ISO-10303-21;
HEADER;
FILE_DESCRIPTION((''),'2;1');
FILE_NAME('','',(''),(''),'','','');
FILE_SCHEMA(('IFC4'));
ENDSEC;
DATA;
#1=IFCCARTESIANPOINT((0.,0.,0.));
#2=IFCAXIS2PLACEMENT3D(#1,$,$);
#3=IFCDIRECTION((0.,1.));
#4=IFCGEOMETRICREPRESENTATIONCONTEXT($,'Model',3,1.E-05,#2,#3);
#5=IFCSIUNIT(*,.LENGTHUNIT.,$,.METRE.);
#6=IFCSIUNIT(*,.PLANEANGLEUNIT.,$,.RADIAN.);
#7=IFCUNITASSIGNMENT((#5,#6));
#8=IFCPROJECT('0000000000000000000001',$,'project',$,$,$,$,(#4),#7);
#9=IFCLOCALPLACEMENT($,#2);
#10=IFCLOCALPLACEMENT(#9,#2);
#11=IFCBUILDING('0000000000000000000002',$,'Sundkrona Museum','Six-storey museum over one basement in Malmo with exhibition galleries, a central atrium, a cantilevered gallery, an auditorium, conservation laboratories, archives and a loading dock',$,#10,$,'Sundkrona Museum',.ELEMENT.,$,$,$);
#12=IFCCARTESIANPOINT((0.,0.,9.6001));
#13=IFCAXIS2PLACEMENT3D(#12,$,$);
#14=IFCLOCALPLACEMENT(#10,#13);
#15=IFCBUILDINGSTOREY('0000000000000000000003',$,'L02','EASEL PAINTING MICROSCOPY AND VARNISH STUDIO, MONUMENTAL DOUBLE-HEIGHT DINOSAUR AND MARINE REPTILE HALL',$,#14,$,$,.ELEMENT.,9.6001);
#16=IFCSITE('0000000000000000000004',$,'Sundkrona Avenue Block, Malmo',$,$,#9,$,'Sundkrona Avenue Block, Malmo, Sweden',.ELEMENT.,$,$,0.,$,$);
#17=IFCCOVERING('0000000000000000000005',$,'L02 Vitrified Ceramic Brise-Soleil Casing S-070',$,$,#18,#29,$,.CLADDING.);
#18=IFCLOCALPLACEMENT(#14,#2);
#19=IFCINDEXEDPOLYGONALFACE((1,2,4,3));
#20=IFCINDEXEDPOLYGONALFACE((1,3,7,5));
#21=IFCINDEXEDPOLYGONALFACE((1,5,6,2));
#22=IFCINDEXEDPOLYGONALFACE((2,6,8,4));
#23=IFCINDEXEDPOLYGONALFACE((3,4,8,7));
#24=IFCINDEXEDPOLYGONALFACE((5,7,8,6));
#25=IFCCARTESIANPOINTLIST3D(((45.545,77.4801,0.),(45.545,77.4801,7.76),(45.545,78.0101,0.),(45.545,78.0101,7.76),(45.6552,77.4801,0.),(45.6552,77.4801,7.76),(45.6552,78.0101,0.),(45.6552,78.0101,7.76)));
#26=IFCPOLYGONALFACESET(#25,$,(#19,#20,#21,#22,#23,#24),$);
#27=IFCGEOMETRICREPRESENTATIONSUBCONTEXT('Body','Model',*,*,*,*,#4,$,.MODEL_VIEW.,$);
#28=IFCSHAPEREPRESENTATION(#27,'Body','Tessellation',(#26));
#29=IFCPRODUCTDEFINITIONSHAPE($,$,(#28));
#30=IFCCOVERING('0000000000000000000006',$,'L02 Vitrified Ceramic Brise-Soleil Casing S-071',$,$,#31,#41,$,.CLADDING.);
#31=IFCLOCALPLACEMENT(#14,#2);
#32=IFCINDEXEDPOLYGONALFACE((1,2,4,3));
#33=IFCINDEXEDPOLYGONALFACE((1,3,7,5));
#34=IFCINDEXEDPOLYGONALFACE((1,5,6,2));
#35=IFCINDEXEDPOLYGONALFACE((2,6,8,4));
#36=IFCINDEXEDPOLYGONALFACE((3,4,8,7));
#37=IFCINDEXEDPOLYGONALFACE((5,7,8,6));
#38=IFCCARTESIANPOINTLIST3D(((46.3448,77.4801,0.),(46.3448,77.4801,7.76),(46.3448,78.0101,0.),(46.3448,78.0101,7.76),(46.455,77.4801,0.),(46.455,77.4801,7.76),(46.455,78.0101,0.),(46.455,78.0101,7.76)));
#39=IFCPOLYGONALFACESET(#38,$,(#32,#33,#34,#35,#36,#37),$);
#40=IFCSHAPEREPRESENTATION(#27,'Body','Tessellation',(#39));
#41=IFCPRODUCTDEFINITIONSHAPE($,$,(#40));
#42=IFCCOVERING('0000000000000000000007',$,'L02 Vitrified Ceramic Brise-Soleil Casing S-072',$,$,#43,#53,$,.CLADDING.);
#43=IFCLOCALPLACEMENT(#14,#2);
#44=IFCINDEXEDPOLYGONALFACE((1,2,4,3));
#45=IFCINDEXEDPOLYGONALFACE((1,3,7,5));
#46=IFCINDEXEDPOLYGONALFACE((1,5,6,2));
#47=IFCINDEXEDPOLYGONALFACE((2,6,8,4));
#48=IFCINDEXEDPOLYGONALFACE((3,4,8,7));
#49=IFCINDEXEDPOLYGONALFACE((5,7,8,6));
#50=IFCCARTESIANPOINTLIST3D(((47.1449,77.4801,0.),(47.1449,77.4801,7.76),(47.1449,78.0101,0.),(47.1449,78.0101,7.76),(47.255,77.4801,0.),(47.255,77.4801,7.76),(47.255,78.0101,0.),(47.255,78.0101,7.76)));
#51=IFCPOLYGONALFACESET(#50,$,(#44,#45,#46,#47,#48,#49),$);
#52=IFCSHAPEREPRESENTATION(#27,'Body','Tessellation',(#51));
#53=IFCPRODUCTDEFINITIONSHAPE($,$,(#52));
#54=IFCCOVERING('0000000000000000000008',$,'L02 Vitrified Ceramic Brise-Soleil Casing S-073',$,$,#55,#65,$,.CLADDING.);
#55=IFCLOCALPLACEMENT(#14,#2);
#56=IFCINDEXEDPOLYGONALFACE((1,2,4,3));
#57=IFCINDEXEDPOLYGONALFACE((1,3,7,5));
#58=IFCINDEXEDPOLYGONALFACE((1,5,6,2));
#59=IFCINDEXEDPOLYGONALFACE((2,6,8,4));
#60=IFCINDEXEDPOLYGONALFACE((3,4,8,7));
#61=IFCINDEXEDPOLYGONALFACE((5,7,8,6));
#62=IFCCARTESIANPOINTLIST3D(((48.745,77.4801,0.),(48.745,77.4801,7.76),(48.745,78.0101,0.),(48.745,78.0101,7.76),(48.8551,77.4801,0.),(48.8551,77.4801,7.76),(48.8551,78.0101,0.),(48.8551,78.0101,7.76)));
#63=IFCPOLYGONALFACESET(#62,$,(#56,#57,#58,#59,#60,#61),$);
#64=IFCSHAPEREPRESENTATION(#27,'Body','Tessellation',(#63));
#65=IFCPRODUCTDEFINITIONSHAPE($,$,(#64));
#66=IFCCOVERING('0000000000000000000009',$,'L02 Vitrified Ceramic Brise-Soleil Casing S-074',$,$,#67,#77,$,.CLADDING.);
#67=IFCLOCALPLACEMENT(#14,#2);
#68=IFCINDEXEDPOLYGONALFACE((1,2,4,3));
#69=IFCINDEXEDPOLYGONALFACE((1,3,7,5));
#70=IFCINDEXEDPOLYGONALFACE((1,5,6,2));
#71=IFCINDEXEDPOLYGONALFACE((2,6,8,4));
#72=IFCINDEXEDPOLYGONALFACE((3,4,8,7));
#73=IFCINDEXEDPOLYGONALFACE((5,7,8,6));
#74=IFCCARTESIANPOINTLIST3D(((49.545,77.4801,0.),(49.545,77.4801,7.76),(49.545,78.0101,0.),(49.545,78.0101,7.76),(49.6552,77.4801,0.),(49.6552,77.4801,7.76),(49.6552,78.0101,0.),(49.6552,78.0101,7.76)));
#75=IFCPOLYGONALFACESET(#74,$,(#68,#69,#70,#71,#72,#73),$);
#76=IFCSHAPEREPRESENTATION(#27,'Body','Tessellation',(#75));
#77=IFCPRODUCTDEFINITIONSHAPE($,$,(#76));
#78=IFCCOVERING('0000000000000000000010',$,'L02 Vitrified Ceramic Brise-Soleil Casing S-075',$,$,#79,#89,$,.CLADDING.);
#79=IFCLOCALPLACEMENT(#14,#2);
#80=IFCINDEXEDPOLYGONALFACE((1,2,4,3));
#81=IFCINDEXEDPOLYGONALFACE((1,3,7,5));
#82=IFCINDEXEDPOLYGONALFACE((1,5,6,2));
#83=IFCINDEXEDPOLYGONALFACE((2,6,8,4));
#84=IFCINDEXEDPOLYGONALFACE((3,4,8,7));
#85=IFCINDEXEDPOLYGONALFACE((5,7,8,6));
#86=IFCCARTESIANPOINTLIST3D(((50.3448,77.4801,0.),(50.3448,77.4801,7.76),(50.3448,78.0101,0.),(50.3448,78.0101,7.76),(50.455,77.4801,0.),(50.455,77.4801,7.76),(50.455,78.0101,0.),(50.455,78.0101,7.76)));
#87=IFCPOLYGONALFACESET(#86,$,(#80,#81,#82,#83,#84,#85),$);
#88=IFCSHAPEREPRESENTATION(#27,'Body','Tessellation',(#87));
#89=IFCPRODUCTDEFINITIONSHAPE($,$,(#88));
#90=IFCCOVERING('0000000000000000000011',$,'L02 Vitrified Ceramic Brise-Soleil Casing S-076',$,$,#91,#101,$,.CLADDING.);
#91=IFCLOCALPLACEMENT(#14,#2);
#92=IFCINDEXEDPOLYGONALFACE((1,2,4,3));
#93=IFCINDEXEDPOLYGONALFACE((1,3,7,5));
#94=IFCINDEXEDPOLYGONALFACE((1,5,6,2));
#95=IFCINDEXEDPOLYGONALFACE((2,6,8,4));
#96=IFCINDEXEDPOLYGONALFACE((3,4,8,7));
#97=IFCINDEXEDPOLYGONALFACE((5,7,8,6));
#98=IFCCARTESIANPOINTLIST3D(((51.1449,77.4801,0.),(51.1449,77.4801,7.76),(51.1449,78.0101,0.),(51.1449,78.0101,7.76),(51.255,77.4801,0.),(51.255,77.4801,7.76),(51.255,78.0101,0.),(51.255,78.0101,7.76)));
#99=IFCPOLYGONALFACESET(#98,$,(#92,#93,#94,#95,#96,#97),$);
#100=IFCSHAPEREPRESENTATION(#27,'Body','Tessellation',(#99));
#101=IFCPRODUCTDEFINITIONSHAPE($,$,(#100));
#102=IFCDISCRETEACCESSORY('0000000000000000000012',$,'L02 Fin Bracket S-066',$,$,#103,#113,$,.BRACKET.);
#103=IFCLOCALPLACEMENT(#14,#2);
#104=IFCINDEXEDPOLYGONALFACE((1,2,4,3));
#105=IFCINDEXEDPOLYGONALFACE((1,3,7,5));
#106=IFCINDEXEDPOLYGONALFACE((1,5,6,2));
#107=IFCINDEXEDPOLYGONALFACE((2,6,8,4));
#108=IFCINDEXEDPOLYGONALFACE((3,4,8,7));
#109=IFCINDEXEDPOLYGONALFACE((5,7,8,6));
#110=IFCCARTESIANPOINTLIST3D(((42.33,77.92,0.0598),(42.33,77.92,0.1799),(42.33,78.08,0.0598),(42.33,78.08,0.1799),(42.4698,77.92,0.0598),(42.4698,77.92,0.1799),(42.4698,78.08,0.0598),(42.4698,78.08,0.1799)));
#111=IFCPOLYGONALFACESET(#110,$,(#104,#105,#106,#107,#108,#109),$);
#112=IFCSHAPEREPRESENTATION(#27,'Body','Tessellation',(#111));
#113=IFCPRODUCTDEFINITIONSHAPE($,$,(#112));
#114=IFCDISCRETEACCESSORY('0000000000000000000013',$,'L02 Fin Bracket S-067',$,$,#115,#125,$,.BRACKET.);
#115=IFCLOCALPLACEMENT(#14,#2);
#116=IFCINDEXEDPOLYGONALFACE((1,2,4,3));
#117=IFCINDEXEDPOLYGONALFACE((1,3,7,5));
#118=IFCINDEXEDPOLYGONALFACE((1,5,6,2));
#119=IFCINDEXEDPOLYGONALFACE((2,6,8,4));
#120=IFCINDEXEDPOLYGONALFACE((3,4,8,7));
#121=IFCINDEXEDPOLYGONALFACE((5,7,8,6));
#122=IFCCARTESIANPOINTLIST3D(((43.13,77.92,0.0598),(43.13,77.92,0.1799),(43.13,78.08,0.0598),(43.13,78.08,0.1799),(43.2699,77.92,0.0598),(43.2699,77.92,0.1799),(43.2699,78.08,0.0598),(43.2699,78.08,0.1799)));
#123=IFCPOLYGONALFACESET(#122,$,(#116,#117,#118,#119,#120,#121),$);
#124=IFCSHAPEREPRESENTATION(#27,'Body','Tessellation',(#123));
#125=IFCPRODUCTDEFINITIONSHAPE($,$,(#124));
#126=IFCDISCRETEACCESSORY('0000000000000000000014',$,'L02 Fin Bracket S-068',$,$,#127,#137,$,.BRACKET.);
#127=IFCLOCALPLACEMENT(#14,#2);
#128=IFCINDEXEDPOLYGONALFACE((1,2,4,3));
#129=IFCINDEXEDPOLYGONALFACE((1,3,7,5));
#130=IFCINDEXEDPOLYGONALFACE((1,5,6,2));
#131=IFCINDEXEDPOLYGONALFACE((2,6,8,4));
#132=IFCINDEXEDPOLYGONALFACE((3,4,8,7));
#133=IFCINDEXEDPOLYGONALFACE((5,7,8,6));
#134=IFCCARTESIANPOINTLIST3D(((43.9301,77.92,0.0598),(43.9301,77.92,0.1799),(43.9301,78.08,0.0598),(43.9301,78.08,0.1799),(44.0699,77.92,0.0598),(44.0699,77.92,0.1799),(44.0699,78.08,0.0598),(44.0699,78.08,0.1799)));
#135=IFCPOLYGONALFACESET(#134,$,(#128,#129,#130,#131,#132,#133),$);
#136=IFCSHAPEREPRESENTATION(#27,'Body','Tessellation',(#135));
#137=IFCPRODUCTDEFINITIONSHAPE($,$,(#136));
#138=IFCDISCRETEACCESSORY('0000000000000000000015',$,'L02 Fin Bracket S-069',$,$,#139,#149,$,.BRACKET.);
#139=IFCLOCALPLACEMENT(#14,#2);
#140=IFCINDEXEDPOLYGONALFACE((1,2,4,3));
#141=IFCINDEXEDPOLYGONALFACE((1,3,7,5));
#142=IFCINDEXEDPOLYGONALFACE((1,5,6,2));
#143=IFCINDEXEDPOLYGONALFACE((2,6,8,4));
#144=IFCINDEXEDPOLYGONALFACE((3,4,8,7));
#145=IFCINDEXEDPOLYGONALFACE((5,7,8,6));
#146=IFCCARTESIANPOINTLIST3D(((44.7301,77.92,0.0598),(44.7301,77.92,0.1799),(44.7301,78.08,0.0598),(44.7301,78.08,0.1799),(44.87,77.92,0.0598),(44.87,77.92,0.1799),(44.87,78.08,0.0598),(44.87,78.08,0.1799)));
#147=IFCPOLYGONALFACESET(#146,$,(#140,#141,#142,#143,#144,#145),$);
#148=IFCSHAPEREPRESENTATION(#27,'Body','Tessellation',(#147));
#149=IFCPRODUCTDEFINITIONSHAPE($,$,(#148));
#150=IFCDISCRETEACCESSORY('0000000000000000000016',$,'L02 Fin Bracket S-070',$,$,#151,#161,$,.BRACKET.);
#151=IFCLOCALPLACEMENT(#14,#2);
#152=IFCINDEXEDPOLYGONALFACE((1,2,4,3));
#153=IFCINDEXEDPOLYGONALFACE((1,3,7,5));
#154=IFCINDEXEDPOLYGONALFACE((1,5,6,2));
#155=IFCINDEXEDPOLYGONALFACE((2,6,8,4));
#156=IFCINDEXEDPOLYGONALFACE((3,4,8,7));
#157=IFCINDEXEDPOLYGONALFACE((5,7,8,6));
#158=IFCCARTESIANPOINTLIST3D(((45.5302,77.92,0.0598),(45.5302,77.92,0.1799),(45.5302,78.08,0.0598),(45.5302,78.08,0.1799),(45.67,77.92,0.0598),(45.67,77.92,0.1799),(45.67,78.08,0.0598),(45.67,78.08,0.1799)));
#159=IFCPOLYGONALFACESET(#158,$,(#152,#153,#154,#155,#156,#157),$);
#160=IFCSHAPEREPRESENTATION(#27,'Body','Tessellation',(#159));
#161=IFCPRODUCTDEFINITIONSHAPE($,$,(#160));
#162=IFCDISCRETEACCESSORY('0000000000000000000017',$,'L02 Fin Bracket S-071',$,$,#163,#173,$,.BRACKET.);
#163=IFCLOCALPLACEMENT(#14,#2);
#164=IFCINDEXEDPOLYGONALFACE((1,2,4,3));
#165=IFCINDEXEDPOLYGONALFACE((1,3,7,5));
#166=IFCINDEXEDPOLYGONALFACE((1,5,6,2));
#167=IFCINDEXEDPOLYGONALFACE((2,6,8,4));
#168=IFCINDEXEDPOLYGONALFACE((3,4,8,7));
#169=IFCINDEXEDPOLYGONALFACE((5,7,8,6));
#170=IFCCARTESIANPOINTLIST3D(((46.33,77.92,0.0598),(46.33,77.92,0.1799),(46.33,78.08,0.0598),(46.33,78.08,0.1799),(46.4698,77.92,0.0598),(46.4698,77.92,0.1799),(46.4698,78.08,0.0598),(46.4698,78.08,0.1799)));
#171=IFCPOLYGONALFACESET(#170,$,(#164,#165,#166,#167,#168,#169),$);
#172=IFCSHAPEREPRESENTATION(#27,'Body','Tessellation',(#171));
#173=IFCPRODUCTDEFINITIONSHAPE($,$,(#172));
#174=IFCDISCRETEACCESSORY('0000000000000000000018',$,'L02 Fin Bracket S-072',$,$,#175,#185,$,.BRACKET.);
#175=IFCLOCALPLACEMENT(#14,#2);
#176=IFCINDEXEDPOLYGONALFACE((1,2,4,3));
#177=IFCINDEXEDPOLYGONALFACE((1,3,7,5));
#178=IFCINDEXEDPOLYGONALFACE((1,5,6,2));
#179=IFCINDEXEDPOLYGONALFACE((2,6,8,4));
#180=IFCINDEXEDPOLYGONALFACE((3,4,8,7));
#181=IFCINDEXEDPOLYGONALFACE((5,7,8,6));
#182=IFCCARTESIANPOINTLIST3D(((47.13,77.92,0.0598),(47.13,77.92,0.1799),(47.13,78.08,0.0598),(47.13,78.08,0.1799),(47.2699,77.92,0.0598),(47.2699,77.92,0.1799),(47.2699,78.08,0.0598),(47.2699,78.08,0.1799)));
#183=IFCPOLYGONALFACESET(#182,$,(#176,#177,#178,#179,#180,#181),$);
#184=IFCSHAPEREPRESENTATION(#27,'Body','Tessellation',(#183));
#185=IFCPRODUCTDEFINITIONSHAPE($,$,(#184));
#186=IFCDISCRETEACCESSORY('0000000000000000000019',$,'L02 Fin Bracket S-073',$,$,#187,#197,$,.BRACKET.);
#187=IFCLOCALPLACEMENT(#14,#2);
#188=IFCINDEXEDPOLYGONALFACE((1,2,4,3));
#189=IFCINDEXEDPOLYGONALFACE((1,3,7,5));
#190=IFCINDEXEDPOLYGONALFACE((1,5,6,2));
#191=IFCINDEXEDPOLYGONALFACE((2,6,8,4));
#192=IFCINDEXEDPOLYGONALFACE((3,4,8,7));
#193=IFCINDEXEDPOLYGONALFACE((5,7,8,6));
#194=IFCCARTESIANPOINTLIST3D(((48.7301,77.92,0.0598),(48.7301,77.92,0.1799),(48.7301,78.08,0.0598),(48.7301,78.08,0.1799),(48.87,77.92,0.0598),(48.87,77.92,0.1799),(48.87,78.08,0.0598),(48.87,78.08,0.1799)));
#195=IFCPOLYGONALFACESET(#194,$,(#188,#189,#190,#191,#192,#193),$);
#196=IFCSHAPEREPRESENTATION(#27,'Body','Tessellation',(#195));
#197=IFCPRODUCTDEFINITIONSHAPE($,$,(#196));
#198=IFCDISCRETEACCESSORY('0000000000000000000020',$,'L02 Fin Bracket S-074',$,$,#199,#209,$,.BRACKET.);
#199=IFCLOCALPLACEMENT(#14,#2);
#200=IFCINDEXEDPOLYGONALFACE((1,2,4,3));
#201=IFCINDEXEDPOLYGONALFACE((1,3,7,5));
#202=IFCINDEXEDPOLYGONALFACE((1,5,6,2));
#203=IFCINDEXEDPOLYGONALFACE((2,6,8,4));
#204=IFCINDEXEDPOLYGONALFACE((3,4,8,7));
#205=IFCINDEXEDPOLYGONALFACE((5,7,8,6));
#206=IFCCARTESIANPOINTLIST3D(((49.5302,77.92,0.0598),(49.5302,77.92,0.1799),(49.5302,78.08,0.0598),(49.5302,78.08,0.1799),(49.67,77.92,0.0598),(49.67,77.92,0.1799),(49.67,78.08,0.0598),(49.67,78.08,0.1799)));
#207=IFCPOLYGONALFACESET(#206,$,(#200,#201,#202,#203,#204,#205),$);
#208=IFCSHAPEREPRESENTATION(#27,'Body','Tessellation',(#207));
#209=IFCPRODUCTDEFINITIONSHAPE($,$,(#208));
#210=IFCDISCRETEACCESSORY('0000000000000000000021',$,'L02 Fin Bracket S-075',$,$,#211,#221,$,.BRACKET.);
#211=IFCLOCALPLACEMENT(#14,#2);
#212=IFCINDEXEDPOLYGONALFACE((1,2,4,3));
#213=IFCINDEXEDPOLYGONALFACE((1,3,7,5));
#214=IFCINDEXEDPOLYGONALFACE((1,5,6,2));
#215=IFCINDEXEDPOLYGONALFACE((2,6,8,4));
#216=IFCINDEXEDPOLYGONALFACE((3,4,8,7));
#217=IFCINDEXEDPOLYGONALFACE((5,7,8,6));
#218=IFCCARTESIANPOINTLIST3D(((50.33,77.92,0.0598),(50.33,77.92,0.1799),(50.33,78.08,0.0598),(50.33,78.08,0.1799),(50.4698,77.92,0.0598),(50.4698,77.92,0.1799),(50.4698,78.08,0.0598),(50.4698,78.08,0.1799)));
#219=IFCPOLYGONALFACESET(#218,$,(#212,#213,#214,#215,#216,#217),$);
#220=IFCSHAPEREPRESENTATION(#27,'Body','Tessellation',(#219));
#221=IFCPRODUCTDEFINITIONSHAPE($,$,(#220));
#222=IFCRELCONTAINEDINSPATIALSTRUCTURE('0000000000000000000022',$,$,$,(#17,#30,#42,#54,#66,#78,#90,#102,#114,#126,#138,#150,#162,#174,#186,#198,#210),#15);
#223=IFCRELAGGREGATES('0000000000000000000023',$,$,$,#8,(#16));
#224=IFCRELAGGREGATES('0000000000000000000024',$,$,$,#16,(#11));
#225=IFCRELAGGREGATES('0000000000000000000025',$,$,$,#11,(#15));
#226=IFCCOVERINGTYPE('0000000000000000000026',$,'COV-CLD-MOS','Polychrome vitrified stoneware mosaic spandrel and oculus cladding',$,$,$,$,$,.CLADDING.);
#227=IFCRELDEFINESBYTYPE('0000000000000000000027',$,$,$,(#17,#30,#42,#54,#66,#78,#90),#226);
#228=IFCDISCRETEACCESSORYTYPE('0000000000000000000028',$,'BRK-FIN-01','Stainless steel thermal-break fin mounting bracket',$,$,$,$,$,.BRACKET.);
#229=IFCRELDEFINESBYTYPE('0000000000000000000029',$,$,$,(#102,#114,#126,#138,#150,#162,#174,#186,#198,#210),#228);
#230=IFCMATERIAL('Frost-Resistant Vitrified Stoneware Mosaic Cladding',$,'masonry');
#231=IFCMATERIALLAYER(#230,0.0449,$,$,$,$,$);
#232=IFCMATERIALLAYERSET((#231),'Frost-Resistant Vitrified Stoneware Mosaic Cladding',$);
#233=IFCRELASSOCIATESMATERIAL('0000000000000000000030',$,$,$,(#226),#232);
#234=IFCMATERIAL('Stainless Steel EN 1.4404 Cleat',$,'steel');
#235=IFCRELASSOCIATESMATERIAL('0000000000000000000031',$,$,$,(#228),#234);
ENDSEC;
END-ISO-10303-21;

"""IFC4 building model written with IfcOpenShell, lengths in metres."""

from ifc_helpers import new_model, si_unit, direction, frame, origin, origin_2d, place, context, subcontext, project, spatial, rectangle, extrude, material, layer, layer_set, type_object, element, save


model = new_model("IFC4")

# Units and contexts
model_context = context("Model", 3, precision=1e-05, world=origin(), true_north=direction((0.0, 1.0)))
body_context = subcontext(model_context, "Body", "Model", "MODEL_VIEW")
ifc_project = project(units=[si_unit("LENGTHUNIT", "METRE"), si_unit("PLANEANGLEUNIT", "RADIAN")], contexts=[model_context])

# Site, building, storey
site_placement = place(None, origin())
site = spatial("IfcSite", under=ifc_project, at=site_placement, Name="Sundkrona Avenue Block, Malmo", LongName="Sundkrona Avenue Block, Malmo, Sweden", CompositionType="ELEMENT", RefElevation=0.0)
building_placement = place(site_placement, origin())
building = spatial("IfcBuilding", under=site, at=building_placement, Name="Sundkrona Museum", Description="Six-storey museum over one basement in Malmo with exhibition galleries, a central atrium, a cantilevered gallery, an auditorium, conservation laboratories, archives and a loading dock", LongName="Sundkrona Museum", CompositionType="ELEMENT")
storey_placement = place(building_placement, frame((0.0, 0.0, 9.6001)))
storey = spatial("IfcBuildingStorey", under=building, at=storey_placement, Name="L02", Description="EASEL PAINTING MICROSCOPY AND VARNISH STUDIO, MONUMENTAL DOUBLE-HEIGHT DINOSAUR AND MARINE REPTILE HALL", CompositionType="ELEMENT", Elevation=9.6001)

# Coverings
ifc_material_1 = material(Name="Frost-Resistant Vitrified Stoneware Mosaic Cladding", Category="masonry")
ifc_layer_1 = layer(ifc_material_1, 0.0449)
ifc_layer_set_1 = layer_set([ifc_layer_1], Name="Frost-Resistant Vitrified Stoneware Mosaic Cladding")
covering_type = type_object("IfcCoveringType", Name="COV-CLD-MOS", Description="Polychrome vitrified stoneware mosaic spandrel and oculus cladding", PredefinedType="CLADDING", material=ifc_layer_set_1)
for number, where, z_axis, x_axis, name in (
    (1, (45.6001, 77.7451, 0.0), (0.0, 0.0, 1.0), (1.0, 0.0, 0.0), "L02 Vitrified Ceramic Brise-Soleil Casing S-070"),
    (2, (46.3999, 77.7451, 0.0), (0.0, 0.0, 1.0), (1.0, 0.0, 0.0), "L02 Vitrified Ceramic Brise-Soleil Casing S-071"),
    (3, (47.2, 77.7451, 0.0), (0.0, 0.0, 1.0), (1.0, 0.0, 0.0), "L02 Vitrified Ceramic Brise-Soleil Casing S-072"),
    (4, (48.8, 77.7451, 0.0), (0.0, 0.0, 1.0), (1.0, 0.0, 0.0), "L02 Vitrified Ceramic Brise-Soleil Casing S-073"),
    (5, (49.6001, 77.7451, 0.0), (0.0, 0.0, 1.0), (1.0, 0.0, 0.0), "L02 Vitrified Ceramic Brise-Soleil Casing S-074"),
    (6, (50.3999, 77.7451, 0.0), (0.0, 0.0, 1.0), (1.0, 0.0, 0.0), "L02 Vitrified Ceramic Brise-Soleil Casing S-075"),
    (7, (51.2, 77.7451, 0.0), (0.0, 0.0, 1.0), (1.0, 0.0, 0.0), "L02 Vitrified Ceramic Brise-Soleil Casing S-076"),
):
    element("IfcCovering", number, at=place(storey_placement, frame(where, z_axis=z_axis, x_axis=x_axis)), inside=storey, type_object=covering_type, Name=name, PredefinedType="CLADDING", context=body_context, shape_type="SweptSolid", body=[
        extrude(rectangle(XDim=0.1101, YDim=0.53, at=origin_2d()), origin(), (0.0, 0.0, 1.0), 7.76),
    ])

# Discrete accessories
ifc_material_2 = material(Name="Stainless Steel EN 1.4404 Cleat", Category="steel")
discrete_accessory_type = type_object("IfcDiscreteAccessoryType", Name="BRK-FIN-01", Description="Stainless steel thermal-break fin mounting bracket", PredefinedType="BRACKET", material=ifc_material_2)
for number, where, z_axis, x_axis, name in (
    (8, (42.3999, 78.0, 0.0598), (0.0, 0.0, 1.0), (1.0, 0.0, 0.0), "L02 Fin Bracket S-066"),
    (9, (43.2, 78.0, 0.0598), (0.0, 0.0, 1.0), (1.0, 0.0, 0.0), "L02 Fin Bracket S-067"),
    (10, (44.0, 78.0, 0.0598), (0.0, 0.0, 1.0), (1.0, 0.0, 0.0), "L02 Fin Bracket S-068"),
    (11, (44.8, 78.0, 0.0598), (0.0, 0.0, 1.0), (1.0, 0.0, 0.0), "L02 Fin Bracket S-069"),
    (12, (45.6001, 78.0, 0.0598), (0.0, 0.0, 1.0), (1.0, 0.0, 0.0), "L02 Fin Bracket S-070"),
    (13, (46.3999, 78.0, 0.0598), (0.0, 0.0, 1.0), (1.0, 0.0, 0.0), "L02 Fin Bracket S-071"),
    (14, (47.2, 78.0, 0.0598), (0.0, 0.0, 1.0), (1.0, 0.0, 0.0), "L02 Fin Bracket S-072"),
    (15, (48.8, 78.0, 0.0598), (0.0, 0.0, 1.0), (1.0, 0.0, 0.0), "L02 Fin Bracket S-073"),
    (16, (49.6001, 78.0, 0.0598), (0.0, 0.0, 1.0), (1.0, 0.0, 0.0), "L02 Fin Bracket S-074"),
    (17, (50.3999, 78.0, 0.0598), (0.0, 0.0, 1.0), (1.0, 0.0, 0.0), "L02 Fin Bracket S-075"),
):
    element("IfcDiscreteAccessory", number, at=place(storey_placement, frame(where, z_axis=z_axis, x_axis=x_axis)), inside=storey, type_object=discrete_accessory_type, Name=name, PredefinedType="BRACKET", context=body_context, shape_type="SweptSolid", body=[
        extrude(rectangle(XDim=0.1399, YDim=0.1599, at=origin_2d()), origin(), (0.0, 0.0, 1.0), 0.1201),
    ])

save(model, "model.ifc")
